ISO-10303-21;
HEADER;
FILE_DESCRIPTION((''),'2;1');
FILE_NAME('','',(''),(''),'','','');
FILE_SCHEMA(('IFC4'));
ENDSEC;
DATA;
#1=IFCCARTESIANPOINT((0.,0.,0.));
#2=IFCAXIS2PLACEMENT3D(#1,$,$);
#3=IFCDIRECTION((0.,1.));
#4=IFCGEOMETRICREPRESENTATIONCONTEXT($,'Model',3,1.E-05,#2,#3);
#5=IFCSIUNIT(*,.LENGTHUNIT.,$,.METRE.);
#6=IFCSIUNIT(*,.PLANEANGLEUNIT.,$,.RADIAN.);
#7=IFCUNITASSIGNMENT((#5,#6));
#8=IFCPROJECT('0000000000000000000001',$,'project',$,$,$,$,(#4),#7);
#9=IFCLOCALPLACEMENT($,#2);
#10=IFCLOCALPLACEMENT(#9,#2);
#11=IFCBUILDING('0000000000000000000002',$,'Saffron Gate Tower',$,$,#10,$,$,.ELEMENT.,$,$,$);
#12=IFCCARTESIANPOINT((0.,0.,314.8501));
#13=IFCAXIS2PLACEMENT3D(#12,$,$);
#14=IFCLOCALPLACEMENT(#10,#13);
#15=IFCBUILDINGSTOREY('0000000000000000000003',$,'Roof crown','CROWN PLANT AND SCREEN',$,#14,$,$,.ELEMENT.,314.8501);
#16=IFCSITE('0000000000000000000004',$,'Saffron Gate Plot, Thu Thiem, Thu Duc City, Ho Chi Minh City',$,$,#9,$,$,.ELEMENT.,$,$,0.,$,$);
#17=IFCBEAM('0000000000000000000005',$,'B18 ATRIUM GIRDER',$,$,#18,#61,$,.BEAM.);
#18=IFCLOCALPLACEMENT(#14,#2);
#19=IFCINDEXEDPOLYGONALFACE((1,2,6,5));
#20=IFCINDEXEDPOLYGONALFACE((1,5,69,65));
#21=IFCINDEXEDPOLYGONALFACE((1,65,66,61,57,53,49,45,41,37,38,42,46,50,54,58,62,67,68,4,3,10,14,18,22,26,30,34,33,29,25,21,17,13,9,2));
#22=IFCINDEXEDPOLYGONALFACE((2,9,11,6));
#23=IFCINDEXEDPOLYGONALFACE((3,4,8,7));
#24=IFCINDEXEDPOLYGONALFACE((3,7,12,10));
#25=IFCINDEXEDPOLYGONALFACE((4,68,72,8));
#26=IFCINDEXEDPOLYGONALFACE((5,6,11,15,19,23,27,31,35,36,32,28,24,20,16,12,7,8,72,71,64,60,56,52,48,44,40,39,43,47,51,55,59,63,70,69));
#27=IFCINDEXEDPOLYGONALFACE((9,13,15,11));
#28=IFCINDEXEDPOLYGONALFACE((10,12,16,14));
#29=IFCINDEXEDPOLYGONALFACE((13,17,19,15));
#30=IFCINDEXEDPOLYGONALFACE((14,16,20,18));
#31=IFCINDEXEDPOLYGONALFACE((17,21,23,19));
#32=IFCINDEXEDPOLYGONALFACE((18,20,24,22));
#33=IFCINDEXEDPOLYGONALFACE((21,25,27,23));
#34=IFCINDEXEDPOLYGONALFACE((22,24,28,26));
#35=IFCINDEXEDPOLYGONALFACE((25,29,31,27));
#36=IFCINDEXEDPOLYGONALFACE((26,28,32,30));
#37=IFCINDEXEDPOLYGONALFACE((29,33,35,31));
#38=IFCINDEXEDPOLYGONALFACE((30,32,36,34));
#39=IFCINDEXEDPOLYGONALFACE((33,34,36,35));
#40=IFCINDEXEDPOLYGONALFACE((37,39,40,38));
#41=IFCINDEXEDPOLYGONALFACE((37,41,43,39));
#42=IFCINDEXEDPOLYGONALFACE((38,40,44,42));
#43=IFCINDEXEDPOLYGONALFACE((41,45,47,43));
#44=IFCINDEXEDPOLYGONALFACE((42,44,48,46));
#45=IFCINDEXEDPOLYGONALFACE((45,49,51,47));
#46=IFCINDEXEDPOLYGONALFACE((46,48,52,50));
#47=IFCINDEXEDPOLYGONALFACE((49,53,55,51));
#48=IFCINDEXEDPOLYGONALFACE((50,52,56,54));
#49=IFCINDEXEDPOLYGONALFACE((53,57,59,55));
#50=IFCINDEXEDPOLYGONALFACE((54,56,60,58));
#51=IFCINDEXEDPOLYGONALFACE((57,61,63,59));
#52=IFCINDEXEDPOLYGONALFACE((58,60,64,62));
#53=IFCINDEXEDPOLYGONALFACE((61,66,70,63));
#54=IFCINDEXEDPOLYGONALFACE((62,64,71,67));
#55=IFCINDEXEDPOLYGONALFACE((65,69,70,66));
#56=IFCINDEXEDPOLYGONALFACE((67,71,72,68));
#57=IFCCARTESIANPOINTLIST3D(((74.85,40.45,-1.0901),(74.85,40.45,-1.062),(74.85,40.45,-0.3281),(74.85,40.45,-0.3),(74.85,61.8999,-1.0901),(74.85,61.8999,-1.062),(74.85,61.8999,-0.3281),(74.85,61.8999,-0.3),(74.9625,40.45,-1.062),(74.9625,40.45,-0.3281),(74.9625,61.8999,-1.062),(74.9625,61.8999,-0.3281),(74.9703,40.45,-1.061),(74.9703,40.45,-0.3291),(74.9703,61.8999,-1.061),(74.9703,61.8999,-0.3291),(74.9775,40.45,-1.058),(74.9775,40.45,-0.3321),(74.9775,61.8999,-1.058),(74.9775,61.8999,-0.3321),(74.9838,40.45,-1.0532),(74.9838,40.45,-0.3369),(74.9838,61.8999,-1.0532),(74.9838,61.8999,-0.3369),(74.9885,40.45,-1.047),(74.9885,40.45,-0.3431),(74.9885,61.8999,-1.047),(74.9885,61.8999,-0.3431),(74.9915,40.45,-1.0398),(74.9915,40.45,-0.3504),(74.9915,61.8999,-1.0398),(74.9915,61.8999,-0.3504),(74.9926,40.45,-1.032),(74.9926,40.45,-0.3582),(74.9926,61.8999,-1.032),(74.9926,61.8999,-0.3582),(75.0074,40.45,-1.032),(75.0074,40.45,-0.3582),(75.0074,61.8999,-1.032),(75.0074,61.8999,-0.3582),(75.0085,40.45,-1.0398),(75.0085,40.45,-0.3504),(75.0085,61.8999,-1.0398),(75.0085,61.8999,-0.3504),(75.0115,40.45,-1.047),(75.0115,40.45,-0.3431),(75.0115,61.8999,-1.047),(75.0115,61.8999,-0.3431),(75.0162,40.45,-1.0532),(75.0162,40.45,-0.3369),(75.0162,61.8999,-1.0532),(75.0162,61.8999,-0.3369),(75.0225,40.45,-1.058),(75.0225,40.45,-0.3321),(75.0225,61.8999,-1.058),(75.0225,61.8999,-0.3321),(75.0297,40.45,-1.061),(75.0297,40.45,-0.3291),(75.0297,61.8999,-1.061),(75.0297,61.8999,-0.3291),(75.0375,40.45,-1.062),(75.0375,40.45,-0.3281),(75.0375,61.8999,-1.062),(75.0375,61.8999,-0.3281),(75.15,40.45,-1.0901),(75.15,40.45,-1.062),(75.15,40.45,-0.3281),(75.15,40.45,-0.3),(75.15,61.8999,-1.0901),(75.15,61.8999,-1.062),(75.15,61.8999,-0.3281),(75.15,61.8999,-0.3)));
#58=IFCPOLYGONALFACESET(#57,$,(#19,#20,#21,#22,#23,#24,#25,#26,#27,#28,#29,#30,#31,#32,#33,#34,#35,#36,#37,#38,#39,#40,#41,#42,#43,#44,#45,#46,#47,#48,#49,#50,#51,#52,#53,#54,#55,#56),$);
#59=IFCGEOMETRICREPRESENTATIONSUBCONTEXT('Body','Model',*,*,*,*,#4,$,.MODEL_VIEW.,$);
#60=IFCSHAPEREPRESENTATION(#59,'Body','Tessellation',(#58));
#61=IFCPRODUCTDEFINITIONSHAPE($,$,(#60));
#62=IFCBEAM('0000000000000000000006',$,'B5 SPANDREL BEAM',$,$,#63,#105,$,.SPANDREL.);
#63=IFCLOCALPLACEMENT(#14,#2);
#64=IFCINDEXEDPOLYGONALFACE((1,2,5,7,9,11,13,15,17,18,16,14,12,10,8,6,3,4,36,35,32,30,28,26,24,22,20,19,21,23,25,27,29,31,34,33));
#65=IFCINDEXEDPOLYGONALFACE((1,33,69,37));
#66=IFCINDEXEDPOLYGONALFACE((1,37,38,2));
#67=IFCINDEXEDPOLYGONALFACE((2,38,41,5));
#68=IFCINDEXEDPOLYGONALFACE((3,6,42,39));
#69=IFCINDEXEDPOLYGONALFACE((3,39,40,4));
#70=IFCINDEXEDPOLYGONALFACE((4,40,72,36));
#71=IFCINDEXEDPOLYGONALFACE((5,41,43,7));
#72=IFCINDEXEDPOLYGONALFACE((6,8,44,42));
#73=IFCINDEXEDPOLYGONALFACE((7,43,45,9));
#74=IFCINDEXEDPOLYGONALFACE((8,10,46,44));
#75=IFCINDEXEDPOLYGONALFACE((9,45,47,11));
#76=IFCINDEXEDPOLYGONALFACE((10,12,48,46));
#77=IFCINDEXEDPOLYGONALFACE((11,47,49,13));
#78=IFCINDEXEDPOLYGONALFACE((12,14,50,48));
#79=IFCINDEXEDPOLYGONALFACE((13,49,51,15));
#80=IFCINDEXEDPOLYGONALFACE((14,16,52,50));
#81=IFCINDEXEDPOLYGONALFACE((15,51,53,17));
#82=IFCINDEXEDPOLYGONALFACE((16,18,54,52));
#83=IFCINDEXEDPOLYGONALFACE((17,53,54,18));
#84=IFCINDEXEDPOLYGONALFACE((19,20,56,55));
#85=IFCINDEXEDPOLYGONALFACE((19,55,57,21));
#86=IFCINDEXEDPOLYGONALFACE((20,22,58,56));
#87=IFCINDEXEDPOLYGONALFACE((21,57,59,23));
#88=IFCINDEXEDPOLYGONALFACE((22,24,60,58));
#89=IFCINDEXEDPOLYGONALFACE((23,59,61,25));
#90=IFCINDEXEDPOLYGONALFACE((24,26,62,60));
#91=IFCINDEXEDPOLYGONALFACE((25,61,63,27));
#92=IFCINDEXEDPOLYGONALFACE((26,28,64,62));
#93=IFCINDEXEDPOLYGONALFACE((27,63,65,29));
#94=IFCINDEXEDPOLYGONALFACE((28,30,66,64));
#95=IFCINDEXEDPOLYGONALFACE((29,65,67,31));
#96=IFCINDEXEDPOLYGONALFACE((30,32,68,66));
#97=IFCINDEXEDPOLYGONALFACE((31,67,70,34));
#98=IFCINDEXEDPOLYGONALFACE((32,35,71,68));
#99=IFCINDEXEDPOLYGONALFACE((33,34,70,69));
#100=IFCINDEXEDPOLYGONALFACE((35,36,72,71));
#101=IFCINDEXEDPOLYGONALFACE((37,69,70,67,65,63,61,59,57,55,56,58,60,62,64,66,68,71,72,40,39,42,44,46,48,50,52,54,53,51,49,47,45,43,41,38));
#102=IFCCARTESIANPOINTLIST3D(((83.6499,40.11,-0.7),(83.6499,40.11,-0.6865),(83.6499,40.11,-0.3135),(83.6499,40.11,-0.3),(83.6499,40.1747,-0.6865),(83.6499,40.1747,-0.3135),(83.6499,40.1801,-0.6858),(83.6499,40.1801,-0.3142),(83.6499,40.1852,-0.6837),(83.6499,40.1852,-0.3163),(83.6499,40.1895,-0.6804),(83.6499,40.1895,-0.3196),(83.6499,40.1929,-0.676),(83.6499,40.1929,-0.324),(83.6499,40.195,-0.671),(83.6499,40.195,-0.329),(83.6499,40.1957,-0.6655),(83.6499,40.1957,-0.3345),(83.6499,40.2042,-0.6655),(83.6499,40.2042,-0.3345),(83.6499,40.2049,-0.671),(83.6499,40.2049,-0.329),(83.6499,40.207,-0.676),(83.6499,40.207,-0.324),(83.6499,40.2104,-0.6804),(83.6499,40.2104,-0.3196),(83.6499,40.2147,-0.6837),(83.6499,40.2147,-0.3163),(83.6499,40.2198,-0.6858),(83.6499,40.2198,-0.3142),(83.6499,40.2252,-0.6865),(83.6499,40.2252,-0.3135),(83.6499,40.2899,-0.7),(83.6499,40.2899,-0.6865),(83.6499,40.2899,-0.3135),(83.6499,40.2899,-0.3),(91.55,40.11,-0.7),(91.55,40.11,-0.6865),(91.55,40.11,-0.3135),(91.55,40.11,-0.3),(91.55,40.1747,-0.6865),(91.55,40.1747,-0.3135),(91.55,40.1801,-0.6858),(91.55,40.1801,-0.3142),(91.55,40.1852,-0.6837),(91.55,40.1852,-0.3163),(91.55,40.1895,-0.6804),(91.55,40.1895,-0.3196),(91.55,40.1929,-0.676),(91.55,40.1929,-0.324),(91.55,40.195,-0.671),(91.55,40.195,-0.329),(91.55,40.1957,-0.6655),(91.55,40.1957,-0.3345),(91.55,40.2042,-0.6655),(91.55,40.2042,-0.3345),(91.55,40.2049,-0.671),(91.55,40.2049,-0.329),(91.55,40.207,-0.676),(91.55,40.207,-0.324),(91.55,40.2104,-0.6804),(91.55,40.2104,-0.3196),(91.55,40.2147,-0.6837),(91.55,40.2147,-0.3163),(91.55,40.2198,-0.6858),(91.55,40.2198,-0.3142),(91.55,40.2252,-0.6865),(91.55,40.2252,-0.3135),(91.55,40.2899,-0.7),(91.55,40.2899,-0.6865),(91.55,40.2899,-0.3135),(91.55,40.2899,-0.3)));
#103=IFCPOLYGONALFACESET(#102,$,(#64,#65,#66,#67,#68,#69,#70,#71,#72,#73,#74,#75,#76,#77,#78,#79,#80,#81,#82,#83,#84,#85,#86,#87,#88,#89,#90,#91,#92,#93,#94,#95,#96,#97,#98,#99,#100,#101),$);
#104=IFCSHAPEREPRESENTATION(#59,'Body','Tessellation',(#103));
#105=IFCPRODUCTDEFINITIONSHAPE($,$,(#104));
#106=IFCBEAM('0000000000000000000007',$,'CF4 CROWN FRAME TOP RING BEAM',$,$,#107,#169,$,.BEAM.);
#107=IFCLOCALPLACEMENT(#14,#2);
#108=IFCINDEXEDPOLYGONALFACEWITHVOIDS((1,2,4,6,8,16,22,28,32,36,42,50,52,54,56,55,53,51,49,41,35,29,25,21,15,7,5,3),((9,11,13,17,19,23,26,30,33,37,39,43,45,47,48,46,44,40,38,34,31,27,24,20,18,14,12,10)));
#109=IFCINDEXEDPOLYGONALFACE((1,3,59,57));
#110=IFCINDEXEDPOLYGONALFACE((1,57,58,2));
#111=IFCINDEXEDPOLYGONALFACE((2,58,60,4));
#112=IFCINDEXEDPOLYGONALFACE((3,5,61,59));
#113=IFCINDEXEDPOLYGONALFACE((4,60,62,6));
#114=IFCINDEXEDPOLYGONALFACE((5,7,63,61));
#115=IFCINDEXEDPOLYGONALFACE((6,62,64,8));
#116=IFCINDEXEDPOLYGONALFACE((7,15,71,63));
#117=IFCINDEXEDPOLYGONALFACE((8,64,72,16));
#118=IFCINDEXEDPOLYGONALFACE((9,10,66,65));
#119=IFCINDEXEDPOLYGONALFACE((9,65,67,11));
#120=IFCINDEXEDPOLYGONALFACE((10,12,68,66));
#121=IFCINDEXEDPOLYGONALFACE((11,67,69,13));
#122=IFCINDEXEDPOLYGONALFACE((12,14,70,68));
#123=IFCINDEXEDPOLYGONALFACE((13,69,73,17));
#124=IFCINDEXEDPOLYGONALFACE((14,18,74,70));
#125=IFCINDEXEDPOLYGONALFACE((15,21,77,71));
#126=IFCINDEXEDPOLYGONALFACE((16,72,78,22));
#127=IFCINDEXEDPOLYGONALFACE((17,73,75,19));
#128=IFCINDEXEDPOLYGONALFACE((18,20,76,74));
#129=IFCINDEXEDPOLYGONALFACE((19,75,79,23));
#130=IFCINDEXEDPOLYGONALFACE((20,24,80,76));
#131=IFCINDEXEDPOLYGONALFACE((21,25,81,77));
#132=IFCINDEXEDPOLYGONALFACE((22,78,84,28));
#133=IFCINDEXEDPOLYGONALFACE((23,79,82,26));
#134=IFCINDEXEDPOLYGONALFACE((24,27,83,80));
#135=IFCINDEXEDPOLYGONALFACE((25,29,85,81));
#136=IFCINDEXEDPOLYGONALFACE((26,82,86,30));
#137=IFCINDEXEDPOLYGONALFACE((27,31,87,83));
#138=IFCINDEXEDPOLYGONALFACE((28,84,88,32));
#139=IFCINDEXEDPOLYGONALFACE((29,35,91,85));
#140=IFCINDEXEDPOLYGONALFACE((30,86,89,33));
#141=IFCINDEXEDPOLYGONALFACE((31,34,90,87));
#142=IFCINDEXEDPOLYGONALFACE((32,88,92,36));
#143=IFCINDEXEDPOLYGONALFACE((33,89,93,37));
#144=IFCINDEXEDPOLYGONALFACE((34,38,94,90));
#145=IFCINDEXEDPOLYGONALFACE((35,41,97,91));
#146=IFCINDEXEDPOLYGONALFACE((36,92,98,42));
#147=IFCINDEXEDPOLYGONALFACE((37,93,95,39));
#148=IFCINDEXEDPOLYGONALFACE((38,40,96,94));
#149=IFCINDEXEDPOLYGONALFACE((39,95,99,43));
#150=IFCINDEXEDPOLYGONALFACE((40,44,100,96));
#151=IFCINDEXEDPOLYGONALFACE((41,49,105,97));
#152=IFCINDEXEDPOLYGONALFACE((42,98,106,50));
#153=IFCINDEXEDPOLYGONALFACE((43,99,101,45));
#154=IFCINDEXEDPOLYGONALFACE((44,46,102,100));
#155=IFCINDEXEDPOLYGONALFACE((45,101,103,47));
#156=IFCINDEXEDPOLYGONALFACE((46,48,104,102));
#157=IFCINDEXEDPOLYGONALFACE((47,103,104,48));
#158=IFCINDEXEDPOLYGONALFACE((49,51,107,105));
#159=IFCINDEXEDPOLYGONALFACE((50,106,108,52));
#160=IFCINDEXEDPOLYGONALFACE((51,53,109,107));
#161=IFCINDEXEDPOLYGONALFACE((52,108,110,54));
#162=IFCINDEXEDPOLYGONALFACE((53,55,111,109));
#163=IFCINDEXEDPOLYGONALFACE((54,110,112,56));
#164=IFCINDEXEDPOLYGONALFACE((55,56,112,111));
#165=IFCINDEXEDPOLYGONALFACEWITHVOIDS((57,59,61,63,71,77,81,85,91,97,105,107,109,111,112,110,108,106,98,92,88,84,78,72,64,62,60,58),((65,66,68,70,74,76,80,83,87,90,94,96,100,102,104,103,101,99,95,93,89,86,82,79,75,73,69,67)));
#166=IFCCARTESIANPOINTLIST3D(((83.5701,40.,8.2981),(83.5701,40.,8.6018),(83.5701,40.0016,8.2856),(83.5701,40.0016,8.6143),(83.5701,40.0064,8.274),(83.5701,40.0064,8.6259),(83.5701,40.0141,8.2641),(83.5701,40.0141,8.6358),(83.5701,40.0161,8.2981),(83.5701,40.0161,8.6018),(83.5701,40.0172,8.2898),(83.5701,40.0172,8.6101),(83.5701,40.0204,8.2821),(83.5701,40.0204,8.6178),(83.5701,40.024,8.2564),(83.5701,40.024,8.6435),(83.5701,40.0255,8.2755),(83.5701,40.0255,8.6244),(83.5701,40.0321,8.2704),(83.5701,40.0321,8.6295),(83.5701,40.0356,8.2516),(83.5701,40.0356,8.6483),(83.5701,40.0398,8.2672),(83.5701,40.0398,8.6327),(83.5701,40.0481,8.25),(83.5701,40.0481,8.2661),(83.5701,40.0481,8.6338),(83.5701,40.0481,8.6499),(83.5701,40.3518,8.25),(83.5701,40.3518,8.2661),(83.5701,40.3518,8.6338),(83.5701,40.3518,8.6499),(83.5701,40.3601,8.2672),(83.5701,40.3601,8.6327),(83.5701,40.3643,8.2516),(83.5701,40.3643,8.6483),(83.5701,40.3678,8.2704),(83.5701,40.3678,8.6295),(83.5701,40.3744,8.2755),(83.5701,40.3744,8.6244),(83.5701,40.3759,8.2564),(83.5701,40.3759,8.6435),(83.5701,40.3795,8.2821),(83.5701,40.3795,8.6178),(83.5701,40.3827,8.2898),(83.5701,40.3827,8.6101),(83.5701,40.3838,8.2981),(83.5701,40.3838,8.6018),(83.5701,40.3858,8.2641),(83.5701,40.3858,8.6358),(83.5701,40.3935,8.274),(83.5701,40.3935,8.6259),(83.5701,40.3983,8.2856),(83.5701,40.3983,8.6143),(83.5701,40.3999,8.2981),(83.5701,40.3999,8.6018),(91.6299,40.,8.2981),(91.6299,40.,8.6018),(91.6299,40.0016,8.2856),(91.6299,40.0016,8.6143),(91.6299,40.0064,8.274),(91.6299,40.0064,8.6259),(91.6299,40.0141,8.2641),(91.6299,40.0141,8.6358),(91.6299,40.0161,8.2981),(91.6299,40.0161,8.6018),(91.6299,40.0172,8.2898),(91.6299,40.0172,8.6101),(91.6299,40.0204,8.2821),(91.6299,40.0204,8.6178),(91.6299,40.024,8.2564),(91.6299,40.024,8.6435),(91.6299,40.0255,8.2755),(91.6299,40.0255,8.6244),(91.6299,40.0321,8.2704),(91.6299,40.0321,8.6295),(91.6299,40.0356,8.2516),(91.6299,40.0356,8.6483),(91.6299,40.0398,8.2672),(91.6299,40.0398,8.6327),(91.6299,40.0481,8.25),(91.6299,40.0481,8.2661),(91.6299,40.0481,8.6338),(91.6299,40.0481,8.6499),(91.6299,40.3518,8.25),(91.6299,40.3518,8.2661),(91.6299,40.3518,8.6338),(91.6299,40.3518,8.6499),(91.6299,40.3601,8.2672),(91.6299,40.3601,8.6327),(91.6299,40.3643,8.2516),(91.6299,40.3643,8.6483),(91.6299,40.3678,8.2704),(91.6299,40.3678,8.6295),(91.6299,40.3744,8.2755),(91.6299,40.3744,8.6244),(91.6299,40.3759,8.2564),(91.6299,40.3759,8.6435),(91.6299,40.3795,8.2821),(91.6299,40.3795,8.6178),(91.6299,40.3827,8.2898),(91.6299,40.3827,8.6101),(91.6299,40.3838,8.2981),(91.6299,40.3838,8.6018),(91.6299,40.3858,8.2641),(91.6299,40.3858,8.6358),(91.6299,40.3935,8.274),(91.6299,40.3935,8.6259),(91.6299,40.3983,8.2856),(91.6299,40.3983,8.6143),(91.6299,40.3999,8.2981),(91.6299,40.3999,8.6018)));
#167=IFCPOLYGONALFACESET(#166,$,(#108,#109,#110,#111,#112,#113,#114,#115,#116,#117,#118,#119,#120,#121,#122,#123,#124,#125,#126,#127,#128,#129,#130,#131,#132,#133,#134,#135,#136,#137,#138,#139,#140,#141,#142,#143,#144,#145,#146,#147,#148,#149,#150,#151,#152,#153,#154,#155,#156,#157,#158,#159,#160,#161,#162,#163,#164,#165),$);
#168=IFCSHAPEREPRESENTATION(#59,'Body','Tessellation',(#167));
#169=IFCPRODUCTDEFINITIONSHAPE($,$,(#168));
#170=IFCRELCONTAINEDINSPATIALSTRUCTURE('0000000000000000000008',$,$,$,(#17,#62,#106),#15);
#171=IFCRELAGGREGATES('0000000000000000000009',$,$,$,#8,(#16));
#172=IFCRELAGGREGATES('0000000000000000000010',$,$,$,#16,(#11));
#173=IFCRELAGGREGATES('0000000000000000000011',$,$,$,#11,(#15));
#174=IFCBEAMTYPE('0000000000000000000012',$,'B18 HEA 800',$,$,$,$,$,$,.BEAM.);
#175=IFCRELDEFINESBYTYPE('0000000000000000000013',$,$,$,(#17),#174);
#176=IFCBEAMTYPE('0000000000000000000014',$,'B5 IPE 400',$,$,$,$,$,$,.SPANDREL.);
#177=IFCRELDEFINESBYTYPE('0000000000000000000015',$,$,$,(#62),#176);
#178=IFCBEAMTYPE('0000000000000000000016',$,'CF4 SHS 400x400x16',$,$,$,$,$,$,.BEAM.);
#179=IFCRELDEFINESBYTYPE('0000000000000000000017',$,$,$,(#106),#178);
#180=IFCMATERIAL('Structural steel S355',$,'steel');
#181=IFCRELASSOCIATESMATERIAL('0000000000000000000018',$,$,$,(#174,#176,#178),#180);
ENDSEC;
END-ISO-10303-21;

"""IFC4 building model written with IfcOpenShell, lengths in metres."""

from ifc_helpers import new_model, si_unit, direction, frame, origin, origin_2d, place, context, subcontext, project, spatial, hollow_rectangle, i_section, extrude, material, material_profile, profile_set, type_object, element, save


model = new_model("IFC4")

# Units and contexts
model_context = context("Model", 3, precision=1e-05, world=origin(), true_north=direction((0.0, 1.0)))
body_context = subcontext(model_context, "Body", "Model", "MODEL_VIEW")
ifc_project = project(units=[si_unit("LENGTHUNIT", "METRE"), si_unit("PLANEANGLEUNIT", "RADIAN")], contexts=[model_context])

# Site, building, storey
site_placement = place(None, origin())
site = spatial("IfcSite", under=ifc_project, at=site_placement, Name="Saffron Gate Plot, Thu Thiem, Thu Duc City, Ho Chi Minh City", CompositionType="ELEMENT", RefElevation=0.0)
building_placement = place(site_placement, origin())
building = spatial("IfcBuilding", under=site, at=building_placement, Name="Saffron Gate Tower", CompositionType="ELEMENT")
storey_placement = place(building_placement, frame((0.0, 0.0, 314.8501)))
storey = spatial("IfcBuildingStorey", under=building, at=storey_placement, Name="Roof crown", Description="CROWN PLANT AND SCREEN", CompositionType="ELEMENT", Elevation=314.8501)

# Beams
ifc_material_1 = material(Name="Structural steel S355", Category="steel")
ifc_material_profile_1 = material_profile(ifc_material_1, i_section(OverallWidth=0.3, OverallDepth=0.79, WebThickness=0.0149, FlangeThickness=0.0281, FilletRadius=0.03, at=origin_2d()))
ifc_profile_set_1 = profile_set([ifc_material_profile_1], Name="Structural steel S355")
beam_type_1 = type_object("IfcBeamType", Name="B18 HEA 800", PredefinedType="BEAM", material=ifc_profile_set_1)
beam_1_placement = place(storey_placement, frame((75.0, 40.45, -0.6951), z_axis=(0.0, 1.0, 0.0), x_axis=(-1.0, 0.0, 0.0)))
element("IfcBeam", 1, at=beam_1_placement, inside=storey, type_object=beam_type_1, Name="B18 ATRIUM GIRDER", PredefinedType="BEAM", context=body_context, shape_type="SweptSolid", body=[
    extrude(i_section(OverallWidth=0.3, OverallDepth=0.79, WebThickness=0.0149, FlangeThickness=0.0281, FilletRadius=0.03, at=origin_2d()), origin(), (0.0, 0.0, 1.0), 21.45),
])
ifc_material_profile_2 = material_profile(ifc_material_1, i_section(OverallWidth=0.1799, OverallDepth=0.3999, WebThickness=0.0085, FlangeThickness=0.0134, FilletRadius=0.021, at=origin_2d()))
ifc_profile_set_2 = profile_set([ifc_material_profile_2], Name="Structural steel S355")
beam_type_2 = type_object("IfcBeamType", Name="B5 IPE 400", PredefinedType="SPANDREL", material=ifc_profile_set_2)
beam_2_placement = place(storey_placement, frame((83.6499, 40.2, -0.5), z_axis=(1.0, 0.0, 0.0), x_axis=(0.0, 1.0, 0.0)))
element("IfcBeam", 2, at=beam_2_placement, inside=storey, type_object=beam_type_2, Name="B5 SPANDREL BEAM", PredefinedType="SPANDREL", context=body_context, shape_type="SweptSolid", body=[
    extrude(i_section(OverallWidth=0.1799, OverallDepth=0.3999, WebThickness=0.0085, FlangeThickness=0.0134, FilletRadius=0.021, at=origin_2d()), origin(), (0.0, 0.0, 1.0), 7.9001),
])
ifc_material_profile_3 = material_profile(ifc_material_1, hollow_rectangle(XDim=0.3999, YDim=0.3999, WallThickness=0.0161, InnerFilletRadius=0.032, OuterFilletRadius=0.0481, at=origin_2d()))
ifc_profile_set_3 = profile_set([ifc_material_profile_3], Name="Structural steel S355")
beam_type_3 = type_object("IfcBeamType", Name="CF4 SHS 400x400x16", PredefinedType="BEAM", material=ifc_profile_set_3)
beam_3_placement = place(storey_placement, frame((83.5701, 40.2, 8.45), z_axis=(1.0, 0.0, 0.0), x_axis=(0.0, 1.0, 0.0)))
element("IfcBeam", 3, at=beam_3_placement, inside=storey, type_object=beam_type_3, Name="CF4 CROWN FRAME TOP RING BEAM", PredefinedType="BEAM", context=body_context, shape_type="SweptSolid", body=[
    extrude(hollow_rectangle(XDim=0.3999, YDim=0.3999, WallThickness=0.0161, InnerFilletRadius=0.032, OuterFilletRadius=0.0481, at=origin_2d()), origin(), (0.0, 0.0, 1.0), 8.0598),
])

save(model, "model.ifc")
